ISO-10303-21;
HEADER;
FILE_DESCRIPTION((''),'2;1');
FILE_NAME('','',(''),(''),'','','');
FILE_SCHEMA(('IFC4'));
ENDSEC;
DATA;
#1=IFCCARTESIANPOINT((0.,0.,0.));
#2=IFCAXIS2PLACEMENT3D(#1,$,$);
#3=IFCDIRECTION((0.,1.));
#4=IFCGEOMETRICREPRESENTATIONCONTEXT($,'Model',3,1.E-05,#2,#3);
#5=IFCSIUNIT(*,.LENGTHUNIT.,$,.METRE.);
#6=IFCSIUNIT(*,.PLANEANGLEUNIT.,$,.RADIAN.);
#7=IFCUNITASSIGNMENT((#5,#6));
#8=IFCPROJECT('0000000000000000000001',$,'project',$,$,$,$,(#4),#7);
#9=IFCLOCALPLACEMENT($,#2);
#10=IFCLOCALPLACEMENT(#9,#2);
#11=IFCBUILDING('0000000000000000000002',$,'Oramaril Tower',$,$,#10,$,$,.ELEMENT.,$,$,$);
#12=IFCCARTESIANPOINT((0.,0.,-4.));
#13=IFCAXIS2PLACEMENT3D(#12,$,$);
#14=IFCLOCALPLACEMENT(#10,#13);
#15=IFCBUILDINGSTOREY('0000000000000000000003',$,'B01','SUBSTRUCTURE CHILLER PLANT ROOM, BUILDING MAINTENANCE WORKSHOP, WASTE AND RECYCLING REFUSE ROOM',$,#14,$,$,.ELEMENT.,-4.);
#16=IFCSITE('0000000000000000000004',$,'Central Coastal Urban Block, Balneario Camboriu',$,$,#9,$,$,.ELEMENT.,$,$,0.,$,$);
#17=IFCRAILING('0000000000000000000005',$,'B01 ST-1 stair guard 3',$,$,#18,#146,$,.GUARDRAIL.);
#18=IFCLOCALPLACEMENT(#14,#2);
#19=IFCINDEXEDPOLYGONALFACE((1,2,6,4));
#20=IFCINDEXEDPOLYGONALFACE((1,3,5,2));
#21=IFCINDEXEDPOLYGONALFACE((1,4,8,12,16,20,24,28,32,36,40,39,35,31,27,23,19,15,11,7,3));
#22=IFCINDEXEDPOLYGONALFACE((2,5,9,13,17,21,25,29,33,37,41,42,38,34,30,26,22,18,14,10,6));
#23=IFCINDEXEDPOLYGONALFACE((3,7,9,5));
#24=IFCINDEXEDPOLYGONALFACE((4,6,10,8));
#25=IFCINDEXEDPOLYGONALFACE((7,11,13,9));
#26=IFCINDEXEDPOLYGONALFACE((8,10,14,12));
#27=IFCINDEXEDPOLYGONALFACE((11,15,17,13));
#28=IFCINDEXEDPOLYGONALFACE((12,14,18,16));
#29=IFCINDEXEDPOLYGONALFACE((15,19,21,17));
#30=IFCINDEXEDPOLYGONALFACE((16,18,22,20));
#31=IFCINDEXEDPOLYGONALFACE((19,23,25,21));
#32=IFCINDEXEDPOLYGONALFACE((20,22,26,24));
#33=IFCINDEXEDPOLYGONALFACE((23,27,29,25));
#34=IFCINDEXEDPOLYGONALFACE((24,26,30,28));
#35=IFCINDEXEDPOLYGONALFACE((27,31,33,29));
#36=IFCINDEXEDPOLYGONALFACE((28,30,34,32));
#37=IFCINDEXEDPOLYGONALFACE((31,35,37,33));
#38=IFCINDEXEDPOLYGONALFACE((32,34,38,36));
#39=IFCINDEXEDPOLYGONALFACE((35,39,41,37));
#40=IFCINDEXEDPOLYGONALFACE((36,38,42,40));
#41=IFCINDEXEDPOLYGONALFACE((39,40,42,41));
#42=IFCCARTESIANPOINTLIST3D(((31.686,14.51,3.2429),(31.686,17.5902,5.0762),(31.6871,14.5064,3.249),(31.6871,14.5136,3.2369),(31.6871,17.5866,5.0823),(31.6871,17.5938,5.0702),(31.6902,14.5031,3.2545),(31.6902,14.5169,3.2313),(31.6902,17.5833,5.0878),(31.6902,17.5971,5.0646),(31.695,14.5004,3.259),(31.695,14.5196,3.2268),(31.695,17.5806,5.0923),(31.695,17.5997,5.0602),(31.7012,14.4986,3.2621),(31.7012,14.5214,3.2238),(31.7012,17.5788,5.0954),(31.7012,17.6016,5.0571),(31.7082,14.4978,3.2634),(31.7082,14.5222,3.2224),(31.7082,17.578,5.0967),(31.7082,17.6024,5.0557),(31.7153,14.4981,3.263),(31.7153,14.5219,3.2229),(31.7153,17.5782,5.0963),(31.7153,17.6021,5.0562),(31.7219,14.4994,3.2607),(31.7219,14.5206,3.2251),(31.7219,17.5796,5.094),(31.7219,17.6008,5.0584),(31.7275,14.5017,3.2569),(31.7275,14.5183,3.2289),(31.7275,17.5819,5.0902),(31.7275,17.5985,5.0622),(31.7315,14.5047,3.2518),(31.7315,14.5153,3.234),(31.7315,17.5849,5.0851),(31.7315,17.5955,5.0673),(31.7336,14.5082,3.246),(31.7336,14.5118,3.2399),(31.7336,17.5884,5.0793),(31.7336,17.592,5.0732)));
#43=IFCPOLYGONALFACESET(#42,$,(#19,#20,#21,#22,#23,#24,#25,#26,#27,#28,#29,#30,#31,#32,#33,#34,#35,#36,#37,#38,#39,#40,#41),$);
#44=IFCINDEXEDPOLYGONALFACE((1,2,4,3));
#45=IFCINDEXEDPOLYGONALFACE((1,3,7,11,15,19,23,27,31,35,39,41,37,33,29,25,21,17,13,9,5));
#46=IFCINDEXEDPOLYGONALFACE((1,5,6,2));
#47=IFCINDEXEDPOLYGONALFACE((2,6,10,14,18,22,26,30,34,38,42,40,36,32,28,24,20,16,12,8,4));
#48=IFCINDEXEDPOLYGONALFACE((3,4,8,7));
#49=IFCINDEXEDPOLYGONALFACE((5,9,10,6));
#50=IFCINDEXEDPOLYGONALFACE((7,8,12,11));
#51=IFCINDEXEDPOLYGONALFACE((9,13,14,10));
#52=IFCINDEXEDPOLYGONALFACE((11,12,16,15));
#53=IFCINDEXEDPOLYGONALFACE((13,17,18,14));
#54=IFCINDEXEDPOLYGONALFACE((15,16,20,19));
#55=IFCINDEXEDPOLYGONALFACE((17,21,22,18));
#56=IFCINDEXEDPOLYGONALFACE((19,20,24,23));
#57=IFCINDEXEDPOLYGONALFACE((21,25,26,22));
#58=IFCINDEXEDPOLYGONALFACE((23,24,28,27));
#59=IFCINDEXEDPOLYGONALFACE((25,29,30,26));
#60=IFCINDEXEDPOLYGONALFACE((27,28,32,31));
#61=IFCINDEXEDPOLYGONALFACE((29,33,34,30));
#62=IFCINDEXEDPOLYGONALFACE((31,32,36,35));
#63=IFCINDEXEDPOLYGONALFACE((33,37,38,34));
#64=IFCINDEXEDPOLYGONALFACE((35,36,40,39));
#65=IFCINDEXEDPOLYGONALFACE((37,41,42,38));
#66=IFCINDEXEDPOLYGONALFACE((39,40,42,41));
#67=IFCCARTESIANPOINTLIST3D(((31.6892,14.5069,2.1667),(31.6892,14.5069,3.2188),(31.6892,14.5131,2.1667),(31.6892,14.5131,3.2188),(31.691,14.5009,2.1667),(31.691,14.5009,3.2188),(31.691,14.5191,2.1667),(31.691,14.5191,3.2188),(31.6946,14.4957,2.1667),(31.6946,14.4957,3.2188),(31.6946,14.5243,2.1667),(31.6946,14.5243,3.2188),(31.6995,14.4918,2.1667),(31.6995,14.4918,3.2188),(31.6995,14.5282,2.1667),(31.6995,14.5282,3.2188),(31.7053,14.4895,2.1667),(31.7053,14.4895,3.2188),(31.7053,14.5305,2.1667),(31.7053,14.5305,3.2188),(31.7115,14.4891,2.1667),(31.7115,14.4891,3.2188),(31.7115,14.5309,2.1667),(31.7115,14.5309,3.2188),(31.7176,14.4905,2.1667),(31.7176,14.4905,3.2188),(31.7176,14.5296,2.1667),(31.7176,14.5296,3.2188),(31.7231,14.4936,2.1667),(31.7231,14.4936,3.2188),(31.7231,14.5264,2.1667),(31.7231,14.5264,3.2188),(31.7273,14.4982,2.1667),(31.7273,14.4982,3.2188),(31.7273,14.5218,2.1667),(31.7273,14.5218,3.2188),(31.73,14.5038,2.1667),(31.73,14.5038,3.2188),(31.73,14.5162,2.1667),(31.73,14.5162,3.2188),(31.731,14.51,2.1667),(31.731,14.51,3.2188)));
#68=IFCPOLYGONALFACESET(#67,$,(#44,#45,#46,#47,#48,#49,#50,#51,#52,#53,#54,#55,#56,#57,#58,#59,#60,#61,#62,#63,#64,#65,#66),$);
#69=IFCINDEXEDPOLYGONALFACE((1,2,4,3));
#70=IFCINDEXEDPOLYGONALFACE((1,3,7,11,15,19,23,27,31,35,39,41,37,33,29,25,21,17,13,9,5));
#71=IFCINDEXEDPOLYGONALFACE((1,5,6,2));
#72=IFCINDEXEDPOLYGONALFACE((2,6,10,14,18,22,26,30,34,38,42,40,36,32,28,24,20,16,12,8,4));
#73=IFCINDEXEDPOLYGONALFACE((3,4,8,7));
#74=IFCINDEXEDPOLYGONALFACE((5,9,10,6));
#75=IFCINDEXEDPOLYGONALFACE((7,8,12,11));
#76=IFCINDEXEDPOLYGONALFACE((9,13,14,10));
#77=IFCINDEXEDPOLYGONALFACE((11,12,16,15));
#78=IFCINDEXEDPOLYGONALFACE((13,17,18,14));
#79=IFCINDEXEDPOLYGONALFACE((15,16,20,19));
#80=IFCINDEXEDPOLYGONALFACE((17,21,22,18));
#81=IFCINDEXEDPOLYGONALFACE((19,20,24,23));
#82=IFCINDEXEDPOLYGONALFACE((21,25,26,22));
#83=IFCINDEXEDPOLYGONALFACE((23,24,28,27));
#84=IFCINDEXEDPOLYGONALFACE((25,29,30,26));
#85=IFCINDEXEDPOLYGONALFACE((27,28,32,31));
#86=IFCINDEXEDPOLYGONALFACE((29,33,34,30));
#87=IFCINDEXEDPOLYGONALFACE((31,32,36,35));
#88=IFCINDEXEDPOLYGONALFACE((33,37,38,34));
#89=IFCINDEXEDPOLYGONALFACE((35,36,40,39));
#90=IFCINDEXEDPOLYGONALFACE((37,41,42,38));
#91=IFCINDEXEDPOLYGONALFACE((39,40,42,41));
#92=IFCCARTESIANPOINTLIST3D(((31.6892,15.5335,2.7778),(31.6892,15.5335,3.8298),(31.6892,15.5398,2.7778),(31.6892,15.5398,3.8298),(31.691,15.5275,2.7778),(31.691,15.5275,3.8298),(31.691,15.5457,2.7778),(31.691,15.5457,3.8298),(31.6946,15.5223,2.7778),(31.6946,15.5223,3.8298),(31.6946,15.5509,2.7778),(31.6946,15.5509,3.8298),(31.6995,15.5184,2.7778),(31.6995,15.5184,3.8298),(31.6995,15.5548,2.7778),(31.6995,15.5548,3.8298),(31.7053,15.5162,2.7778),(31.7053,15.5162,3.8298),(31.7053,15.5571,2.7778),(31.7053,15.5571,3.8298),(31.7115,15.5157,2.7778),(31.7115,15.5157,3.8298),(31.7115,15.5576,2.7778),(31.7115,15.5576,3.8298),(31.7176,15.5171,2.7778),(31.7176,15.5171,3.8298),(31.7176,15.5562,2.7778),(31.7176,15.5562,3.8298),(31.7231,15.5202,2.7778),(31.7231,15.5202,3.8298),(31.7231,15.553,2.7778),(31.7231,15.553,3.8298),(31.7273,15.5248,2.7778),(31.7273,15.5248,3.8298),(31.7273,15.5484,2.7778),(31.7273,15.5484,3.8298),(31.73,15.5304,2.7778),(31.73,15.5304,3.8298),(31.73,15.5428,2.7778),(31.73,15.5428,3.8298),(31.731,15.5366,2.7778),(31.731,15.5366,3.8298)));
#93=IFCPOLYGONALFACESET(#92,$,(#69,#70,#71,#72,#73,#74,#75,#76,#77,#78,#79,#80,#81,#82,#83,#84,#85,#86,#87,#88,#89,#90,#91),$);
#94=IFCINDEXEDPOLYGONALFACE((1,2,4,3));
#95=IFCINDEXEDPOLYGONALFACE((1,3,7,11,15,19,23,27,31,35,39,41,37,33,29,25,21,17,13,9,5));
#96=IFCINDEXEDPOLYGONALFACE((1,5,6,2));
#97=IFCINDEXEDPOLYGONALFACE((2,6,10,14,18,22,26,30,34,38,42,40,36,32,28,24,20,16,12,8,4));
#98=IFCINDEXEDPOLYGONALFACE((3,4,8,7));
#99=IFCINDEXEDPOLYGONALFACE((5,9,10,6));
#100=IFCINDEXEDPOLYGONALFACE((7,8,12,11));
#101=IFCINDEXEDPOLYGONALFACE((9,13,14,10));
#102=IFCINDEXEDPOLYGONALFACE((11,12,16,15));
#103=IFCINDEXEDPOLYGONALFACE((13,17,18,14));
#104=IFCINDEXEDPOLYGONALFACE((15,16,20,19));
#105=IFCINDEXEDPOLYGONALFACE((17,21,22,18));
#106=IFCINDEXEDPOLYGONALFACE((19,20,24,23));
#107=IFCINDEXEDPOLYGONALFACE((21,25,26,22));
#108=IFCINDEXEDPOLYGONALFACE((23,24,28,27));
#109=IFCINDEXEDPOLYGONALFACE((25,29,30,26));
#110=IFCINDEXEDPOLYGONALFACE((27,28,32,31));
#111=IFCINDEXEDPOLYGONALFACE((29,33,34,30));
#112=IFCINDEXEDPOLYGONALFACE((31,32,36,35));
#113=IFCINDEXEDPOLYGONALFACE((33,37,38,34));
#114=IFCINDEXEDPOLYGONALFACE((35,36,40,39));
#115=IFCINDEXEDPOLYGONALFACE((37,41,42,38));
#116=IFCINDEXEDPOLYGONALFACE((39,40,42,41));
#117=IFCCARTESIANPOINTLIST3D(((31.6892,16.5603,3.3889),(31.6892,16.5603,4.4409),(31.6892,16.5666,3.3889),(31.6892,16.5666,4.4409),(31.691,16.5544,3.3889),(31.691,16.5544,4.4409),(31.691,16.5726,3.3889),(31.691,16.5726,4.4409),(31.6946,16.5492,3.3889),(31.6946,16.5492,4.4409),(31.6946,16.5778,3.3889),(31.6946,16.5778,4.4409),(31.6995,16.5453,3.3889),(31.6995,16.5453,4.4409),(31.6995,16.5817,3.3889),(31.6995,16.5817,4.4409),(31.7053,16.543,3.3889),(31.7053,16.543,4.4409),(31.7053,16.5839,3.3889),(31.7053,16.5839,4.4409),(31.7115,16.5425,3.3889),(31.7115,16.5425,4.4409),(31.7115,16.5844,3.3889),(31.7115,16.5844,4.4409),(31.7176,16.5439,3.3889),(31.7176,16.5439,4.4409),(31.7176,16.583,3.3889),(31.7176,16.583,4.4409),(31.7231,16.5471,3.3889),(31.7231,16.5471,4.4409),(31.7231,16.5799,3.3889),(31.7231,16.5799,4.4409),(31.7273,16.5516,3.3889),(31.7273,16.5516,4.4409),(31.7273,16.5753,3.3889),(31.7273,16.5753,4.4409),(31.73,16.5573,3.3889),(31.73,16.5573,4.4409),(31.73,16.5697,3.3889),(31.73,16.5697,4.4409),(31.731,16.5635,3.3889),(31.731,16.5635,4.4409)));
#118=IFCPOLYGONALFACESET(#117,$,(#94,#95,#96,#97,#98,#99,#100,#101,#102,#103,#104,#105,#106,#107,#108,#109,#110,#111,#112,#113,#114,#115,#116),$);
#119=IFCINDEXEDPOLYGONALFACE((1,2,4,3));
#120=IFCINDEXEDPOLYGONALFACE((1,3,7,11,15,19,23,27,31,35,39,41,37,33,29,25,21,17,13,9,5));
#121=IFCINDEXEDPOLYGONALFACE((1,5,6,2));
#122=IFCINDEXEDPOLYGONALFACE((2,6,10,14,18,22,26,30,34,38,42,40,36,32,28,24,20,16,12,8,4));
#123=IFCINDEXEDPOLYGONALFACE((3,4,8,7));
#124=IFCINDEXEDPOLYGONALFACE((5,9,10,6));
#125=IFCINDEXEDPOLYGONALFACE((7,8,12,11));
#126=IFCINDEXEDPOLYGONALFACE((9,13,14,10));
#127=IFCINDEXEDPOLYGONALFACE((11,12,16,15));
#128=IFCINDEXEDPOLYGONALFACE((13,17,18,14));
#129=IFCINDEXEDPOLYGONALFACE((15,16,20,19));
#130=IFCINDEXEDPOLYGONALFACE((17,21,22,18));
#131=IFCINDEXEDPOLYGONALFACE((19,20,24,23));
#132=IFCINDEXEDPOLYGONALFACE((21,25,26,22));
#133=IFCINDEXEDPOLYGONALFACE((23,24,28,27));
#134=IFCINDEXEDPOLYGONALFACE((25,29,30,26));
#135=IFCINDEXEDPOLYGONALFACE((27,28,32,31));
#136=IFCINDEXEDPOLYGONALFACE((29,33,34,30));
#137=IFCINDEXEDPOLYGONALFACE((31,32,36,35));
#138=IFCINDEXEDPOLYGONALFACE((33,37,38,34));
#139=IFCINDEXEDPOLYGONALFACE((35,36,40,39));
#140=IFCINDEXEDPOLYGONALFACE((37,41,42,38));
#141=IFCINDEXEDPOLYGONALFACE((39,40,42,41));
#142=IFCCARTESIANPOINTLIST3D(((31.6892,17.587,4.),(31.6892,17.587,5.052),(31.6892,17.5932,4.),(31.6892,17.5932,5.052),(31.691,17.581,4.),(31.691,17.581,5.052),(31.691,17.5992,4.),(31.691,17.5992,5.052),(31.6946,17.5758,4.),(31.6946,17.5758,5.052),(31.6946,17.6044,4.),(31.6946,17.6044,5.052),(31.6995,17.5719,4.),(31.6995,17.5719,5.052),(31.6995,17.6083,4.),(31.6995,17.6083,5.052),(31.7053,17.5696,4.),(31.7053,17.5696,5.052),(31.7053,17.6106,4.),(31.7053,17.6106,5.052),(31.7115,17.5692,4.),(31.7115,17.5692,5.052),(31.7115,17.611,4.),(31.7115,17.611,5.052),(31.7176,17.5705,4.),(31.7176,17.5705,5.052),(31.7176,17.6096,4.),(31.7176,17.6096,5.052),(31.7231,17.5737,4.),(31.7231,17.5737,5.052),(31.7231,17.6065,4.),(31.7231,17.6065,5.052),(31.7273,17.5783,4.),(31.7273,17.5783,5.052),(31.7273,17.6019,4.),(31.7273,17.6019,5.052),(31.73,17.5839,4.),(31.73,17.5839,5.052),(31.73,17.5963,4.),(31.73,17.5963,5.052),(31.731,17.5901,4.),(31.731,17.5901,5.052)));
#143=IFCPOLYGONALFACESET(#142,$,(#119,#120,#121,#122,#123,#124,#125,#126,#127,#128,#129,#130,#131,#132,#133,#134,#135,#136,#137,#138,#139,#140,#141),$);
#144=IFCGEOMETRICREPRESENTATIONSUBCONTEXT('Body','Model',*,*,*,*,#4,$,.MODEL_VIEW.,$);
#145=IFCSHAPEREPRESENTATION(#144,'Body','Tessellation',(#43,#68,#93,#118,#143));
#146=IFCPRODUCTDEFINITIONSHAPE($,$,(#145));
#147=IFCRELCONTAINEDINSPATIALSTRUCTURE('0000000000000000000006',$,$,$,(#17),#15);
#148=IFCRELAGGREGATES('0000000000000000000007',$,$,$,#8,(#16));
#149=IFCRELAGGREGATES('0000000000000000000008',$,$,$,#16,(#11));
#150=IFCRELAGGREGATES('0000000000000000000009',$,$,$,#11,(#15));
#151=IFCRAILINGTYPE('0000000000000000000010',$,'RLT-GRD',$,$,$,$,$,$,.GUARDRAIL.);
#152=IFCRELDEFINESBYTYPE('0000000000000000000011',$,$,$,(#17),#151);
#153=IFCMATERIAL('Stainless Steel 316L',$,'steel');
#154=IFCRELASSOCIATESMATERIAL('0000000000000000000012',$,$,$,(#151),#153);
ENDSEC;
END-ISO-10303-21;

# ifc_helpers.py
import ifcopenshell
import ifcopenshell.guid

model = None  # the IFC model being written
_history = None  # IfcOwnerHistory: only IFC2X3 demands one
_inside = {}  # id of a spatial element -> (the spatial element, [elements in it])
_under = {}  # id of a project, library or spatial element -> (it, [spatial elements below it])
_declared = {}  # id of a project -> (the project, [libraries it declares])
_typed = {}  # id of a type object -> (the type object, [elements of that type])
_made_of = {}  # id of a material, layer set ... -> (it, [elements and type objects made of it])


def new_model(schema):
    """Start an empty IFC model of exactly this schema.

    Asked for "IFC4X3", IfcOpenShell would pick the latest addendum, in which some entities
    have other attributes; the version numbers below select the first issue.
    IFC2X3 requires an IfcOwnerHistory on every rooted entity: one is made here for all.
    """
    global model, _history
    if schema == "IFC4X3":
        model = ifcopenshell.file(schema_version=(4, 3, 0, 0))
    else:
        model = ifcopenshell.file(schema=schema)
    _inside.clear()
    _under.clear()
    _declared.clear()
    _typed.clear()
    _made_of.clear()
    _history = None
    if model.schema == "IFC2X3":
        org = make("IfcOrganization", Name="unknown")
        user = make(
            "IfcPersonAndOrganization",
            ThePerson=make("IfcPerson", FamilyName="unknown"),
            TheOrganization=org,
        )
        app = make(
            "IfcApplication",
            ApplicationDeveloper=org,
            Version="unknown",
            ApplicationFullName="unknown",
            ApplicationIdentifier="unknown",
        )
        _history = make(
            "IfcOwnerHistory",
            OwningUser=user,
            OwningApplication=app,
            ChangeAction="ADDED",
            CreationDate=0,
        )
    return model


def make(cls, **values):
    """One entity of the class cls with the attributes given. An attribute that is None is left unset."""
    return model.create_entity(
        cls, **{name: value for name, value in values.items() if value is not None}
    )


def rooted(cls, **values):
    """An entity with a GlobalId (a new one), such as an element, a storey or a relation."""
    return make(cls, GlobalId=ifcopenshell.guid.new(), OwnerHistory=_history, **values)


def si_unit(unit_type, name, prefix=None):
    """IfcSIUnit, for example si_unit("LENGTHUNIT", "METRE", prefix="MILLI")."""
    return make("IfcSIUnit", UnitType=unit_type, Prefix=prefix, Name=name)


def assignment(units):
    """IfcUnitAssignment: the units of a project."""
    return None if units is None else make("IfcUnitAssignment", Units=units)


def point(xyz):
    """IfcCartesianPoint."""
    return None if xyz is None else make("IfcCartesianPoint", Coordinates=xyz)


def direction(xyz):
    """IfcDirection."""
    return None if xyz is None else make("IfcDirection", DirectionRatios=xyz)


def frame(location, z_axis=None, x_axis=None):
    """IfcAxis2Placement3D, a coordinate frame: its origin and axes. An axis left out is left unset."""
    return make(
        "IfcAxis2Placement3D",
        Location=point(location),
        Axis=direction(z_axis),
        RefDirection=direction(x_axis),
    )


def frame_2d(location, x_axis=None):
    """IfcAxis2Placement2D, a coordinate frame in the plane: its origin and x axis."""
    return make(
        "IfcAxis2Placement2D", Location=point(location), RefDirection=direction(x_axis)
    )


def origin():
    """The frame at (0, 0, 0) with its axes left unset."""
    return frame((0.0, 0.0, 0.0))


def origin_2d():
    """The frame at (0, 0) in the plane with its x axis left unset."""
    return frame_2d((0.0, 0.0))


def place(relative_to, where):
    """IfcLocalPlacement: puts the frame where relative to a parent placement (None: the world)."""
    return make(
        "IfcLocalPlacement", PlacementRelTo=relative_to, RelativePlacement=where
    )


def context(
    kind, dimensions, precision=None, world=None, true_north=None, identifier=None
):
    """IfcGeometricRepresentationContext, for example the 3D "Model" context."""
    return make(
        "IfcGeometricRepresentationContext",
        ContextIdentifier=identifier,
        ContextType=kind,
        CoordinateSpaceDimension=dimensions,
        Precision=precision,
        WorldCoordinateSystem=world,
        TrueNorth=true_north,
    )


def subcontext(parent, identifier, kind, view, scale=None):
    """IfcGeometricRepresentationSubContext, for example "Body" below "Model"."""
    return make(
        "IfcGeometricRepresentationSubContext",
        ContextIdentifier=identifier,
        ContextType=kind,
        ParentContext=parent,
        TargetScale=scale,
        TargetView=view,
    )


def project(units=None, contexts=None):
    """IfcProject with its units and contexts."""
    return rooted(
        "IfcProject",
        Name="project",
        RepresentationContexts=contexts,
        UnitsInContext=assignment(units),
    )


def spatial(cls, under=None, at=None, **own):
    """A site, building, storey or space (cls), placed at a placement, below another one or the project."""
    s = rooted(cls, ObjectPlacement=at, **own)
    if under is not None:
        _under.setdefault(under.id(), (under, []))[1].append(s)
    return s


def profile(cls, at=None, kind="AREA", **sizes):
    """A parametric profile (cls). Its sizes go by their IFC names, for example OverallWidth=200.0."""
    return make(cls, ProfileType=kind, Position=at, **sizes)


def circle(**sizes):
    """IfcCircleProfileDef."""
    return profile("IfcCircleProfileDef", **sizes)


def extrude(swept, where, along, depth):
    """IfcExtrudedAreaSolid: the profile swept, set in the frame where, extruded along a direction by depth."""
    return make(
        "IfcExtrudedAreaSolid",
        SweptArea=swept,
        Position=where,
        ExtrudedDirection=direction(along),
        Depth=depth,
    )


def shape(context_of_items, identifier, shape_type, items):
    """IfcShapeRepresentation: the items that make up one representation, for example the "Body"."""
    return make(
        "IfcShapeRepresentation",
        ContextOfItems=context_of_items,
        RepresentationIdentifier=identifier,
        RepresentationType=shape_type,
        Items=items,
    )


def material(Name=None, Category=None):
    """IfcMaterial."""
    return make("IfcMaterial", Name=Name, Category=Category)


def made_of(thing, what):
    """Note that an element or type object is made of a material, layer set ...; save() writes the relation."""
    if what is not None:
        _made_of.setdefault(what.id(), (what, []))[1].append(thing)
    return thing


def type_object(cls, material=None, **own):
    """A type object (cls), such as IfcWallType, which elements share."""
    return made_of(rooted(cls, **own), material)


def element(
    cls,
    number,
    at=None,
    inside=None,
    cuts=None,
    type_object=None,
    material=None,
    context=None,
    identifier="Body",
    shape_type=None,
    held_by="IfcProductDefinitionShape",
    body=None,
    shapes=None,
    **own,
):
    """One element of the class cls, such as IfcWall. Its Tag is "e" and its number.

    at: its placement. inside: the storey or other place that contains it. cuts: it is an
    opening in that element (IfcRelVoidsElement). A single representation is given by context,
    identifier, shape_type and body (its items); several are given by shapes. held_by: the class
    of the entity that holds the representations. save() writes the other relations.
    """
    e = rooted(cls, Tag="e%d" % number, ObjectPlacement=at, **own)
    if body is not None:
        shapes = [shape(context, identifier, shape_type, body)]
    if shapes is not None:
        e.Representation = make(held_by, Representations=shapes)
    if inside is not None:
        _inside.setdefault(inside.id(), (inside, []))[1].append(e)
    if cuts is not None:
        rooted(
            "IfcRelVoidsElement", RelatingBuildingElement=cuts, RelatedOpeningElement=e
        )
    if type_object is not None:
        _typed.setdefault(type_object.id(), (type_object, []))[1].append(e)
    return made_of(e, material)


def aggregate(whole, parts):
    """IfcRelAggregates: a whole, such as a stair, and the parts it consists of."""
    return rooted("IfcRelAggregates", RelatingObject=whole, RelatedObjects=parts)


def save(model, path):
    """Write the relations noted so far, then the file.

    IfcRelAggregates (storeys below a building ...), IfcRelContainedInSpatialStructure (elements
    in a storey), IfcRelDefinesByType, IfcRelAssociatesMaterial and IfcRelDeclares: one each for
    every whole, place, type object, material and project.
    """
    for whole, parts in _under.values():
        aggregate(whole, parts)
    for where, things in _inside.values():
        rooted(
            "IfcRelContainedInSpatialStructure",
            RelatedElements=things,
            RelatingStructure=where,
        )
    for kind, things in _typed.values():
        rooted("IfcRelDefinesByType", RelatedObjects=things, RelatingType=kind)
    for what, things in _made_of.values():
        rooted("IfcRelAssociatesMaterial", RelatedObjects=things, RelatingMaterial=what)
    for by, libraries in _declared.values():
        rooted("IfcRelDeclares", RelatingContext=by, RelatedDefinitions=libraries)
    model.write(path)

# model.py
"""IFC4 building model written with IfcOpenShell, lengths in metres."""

from ifc_helpers import new_model, si_unit, direction, frame, origin, origin_2d, place, context, subcontext, project, spatial, circle, extrude, material, type_object, element, save


model = new_model("IFC4")

# Units and contexts
model_context = context("Model", 3, precision=1e-05, world=origin(), true_north=direction((0.0, 1.0)))
body_context = subcontext(model_context, "Body", "Model", "MODEL_VIEW")
ifc_project = project(units=[si_unit("LENGTHUNIT", "METRE"), si_unit("PLANEANGLEUNIT", "RADIAN")], contexts=[model_context])

# Site, building, storey
site_placement = place(None, origin())
site = spatial("IfcSite", under=ifc_project, at=site_placement, Name="Central Coastal Urban Block, Balneario Camboriu", CompositionType="ELEMENT", RefElevation=0.0)
building_placement = place(site_placement, origin())
building = spatial("IfcBuilding", under=site, at=building_placement, Name="Oramaril Tower", CompositionType="ELEMENT")
storey_placement = place(building_placement, frame((0.0, 0.0, -4.0)))
storey = spatial("IfcBuildingStorey", under=building, at=storey_placement, Name="B01", Description="SUBSTRUCTURE CHILLER PLANT ROOM, BUILDING MAINTENANCE WORKSHOP, WASTE AND RECYCLING REFUSE ROOM", CompositionType="ELEMENT", Elevation=-4.0)

# Railing
ifc_material_1 = material(Name="Stainless Steel 316L", Category="steel")
railing_type_1 = type_object("IfcRailingType", Name="RLT-GRD", PredefinedType="GUARDRAIL", material=ifc_material_1)
railing_1_placement = place(storey_placement, frame((31.71, 14.51, 2.1667)))
element("IfcRailing", 1, at=railing_1_placement, inside=storey, type_object=railing_type_1, Name="B01 ST-1 stair guard 3", PredefinedType="GUARDRAIL", context=body_context, shape_type="SweptSolid", body=[
    extrude(circle(Radius=0.0239, at=origin_2d()), frame((0.0, 0.0, 1.0762), z_axis=(0.0, 0.859309, 0.511458), x_axis=(-1.0, 0.0, 0.0)), (0.0, 0.0, 1.0), 3.5845),
    extrude(circle(Radius=0.021, at=origin_2d()), origin(), (0.0, 0.0, 1.0), 1.052),
    extrude(circle(Radius=0.021, at=origin_2d()), frame((0.0, 1.0266, 0.6111)), (0.0, 0.0, 1.0), 1.052),
    extrude(circle(Radius=0.021, at=origin_2d()), frame((0.0, 2.0535, 1.2222)), (0.0, 0.0, 1.0), 1.052),
    extrude(circle(Radius=0.021, at=origin_2d()), frame((0.0, 3.0801, 1.8333)), (0.0, 0.0, 1.0), 1.052),
])

save(model, "model.ifc")
